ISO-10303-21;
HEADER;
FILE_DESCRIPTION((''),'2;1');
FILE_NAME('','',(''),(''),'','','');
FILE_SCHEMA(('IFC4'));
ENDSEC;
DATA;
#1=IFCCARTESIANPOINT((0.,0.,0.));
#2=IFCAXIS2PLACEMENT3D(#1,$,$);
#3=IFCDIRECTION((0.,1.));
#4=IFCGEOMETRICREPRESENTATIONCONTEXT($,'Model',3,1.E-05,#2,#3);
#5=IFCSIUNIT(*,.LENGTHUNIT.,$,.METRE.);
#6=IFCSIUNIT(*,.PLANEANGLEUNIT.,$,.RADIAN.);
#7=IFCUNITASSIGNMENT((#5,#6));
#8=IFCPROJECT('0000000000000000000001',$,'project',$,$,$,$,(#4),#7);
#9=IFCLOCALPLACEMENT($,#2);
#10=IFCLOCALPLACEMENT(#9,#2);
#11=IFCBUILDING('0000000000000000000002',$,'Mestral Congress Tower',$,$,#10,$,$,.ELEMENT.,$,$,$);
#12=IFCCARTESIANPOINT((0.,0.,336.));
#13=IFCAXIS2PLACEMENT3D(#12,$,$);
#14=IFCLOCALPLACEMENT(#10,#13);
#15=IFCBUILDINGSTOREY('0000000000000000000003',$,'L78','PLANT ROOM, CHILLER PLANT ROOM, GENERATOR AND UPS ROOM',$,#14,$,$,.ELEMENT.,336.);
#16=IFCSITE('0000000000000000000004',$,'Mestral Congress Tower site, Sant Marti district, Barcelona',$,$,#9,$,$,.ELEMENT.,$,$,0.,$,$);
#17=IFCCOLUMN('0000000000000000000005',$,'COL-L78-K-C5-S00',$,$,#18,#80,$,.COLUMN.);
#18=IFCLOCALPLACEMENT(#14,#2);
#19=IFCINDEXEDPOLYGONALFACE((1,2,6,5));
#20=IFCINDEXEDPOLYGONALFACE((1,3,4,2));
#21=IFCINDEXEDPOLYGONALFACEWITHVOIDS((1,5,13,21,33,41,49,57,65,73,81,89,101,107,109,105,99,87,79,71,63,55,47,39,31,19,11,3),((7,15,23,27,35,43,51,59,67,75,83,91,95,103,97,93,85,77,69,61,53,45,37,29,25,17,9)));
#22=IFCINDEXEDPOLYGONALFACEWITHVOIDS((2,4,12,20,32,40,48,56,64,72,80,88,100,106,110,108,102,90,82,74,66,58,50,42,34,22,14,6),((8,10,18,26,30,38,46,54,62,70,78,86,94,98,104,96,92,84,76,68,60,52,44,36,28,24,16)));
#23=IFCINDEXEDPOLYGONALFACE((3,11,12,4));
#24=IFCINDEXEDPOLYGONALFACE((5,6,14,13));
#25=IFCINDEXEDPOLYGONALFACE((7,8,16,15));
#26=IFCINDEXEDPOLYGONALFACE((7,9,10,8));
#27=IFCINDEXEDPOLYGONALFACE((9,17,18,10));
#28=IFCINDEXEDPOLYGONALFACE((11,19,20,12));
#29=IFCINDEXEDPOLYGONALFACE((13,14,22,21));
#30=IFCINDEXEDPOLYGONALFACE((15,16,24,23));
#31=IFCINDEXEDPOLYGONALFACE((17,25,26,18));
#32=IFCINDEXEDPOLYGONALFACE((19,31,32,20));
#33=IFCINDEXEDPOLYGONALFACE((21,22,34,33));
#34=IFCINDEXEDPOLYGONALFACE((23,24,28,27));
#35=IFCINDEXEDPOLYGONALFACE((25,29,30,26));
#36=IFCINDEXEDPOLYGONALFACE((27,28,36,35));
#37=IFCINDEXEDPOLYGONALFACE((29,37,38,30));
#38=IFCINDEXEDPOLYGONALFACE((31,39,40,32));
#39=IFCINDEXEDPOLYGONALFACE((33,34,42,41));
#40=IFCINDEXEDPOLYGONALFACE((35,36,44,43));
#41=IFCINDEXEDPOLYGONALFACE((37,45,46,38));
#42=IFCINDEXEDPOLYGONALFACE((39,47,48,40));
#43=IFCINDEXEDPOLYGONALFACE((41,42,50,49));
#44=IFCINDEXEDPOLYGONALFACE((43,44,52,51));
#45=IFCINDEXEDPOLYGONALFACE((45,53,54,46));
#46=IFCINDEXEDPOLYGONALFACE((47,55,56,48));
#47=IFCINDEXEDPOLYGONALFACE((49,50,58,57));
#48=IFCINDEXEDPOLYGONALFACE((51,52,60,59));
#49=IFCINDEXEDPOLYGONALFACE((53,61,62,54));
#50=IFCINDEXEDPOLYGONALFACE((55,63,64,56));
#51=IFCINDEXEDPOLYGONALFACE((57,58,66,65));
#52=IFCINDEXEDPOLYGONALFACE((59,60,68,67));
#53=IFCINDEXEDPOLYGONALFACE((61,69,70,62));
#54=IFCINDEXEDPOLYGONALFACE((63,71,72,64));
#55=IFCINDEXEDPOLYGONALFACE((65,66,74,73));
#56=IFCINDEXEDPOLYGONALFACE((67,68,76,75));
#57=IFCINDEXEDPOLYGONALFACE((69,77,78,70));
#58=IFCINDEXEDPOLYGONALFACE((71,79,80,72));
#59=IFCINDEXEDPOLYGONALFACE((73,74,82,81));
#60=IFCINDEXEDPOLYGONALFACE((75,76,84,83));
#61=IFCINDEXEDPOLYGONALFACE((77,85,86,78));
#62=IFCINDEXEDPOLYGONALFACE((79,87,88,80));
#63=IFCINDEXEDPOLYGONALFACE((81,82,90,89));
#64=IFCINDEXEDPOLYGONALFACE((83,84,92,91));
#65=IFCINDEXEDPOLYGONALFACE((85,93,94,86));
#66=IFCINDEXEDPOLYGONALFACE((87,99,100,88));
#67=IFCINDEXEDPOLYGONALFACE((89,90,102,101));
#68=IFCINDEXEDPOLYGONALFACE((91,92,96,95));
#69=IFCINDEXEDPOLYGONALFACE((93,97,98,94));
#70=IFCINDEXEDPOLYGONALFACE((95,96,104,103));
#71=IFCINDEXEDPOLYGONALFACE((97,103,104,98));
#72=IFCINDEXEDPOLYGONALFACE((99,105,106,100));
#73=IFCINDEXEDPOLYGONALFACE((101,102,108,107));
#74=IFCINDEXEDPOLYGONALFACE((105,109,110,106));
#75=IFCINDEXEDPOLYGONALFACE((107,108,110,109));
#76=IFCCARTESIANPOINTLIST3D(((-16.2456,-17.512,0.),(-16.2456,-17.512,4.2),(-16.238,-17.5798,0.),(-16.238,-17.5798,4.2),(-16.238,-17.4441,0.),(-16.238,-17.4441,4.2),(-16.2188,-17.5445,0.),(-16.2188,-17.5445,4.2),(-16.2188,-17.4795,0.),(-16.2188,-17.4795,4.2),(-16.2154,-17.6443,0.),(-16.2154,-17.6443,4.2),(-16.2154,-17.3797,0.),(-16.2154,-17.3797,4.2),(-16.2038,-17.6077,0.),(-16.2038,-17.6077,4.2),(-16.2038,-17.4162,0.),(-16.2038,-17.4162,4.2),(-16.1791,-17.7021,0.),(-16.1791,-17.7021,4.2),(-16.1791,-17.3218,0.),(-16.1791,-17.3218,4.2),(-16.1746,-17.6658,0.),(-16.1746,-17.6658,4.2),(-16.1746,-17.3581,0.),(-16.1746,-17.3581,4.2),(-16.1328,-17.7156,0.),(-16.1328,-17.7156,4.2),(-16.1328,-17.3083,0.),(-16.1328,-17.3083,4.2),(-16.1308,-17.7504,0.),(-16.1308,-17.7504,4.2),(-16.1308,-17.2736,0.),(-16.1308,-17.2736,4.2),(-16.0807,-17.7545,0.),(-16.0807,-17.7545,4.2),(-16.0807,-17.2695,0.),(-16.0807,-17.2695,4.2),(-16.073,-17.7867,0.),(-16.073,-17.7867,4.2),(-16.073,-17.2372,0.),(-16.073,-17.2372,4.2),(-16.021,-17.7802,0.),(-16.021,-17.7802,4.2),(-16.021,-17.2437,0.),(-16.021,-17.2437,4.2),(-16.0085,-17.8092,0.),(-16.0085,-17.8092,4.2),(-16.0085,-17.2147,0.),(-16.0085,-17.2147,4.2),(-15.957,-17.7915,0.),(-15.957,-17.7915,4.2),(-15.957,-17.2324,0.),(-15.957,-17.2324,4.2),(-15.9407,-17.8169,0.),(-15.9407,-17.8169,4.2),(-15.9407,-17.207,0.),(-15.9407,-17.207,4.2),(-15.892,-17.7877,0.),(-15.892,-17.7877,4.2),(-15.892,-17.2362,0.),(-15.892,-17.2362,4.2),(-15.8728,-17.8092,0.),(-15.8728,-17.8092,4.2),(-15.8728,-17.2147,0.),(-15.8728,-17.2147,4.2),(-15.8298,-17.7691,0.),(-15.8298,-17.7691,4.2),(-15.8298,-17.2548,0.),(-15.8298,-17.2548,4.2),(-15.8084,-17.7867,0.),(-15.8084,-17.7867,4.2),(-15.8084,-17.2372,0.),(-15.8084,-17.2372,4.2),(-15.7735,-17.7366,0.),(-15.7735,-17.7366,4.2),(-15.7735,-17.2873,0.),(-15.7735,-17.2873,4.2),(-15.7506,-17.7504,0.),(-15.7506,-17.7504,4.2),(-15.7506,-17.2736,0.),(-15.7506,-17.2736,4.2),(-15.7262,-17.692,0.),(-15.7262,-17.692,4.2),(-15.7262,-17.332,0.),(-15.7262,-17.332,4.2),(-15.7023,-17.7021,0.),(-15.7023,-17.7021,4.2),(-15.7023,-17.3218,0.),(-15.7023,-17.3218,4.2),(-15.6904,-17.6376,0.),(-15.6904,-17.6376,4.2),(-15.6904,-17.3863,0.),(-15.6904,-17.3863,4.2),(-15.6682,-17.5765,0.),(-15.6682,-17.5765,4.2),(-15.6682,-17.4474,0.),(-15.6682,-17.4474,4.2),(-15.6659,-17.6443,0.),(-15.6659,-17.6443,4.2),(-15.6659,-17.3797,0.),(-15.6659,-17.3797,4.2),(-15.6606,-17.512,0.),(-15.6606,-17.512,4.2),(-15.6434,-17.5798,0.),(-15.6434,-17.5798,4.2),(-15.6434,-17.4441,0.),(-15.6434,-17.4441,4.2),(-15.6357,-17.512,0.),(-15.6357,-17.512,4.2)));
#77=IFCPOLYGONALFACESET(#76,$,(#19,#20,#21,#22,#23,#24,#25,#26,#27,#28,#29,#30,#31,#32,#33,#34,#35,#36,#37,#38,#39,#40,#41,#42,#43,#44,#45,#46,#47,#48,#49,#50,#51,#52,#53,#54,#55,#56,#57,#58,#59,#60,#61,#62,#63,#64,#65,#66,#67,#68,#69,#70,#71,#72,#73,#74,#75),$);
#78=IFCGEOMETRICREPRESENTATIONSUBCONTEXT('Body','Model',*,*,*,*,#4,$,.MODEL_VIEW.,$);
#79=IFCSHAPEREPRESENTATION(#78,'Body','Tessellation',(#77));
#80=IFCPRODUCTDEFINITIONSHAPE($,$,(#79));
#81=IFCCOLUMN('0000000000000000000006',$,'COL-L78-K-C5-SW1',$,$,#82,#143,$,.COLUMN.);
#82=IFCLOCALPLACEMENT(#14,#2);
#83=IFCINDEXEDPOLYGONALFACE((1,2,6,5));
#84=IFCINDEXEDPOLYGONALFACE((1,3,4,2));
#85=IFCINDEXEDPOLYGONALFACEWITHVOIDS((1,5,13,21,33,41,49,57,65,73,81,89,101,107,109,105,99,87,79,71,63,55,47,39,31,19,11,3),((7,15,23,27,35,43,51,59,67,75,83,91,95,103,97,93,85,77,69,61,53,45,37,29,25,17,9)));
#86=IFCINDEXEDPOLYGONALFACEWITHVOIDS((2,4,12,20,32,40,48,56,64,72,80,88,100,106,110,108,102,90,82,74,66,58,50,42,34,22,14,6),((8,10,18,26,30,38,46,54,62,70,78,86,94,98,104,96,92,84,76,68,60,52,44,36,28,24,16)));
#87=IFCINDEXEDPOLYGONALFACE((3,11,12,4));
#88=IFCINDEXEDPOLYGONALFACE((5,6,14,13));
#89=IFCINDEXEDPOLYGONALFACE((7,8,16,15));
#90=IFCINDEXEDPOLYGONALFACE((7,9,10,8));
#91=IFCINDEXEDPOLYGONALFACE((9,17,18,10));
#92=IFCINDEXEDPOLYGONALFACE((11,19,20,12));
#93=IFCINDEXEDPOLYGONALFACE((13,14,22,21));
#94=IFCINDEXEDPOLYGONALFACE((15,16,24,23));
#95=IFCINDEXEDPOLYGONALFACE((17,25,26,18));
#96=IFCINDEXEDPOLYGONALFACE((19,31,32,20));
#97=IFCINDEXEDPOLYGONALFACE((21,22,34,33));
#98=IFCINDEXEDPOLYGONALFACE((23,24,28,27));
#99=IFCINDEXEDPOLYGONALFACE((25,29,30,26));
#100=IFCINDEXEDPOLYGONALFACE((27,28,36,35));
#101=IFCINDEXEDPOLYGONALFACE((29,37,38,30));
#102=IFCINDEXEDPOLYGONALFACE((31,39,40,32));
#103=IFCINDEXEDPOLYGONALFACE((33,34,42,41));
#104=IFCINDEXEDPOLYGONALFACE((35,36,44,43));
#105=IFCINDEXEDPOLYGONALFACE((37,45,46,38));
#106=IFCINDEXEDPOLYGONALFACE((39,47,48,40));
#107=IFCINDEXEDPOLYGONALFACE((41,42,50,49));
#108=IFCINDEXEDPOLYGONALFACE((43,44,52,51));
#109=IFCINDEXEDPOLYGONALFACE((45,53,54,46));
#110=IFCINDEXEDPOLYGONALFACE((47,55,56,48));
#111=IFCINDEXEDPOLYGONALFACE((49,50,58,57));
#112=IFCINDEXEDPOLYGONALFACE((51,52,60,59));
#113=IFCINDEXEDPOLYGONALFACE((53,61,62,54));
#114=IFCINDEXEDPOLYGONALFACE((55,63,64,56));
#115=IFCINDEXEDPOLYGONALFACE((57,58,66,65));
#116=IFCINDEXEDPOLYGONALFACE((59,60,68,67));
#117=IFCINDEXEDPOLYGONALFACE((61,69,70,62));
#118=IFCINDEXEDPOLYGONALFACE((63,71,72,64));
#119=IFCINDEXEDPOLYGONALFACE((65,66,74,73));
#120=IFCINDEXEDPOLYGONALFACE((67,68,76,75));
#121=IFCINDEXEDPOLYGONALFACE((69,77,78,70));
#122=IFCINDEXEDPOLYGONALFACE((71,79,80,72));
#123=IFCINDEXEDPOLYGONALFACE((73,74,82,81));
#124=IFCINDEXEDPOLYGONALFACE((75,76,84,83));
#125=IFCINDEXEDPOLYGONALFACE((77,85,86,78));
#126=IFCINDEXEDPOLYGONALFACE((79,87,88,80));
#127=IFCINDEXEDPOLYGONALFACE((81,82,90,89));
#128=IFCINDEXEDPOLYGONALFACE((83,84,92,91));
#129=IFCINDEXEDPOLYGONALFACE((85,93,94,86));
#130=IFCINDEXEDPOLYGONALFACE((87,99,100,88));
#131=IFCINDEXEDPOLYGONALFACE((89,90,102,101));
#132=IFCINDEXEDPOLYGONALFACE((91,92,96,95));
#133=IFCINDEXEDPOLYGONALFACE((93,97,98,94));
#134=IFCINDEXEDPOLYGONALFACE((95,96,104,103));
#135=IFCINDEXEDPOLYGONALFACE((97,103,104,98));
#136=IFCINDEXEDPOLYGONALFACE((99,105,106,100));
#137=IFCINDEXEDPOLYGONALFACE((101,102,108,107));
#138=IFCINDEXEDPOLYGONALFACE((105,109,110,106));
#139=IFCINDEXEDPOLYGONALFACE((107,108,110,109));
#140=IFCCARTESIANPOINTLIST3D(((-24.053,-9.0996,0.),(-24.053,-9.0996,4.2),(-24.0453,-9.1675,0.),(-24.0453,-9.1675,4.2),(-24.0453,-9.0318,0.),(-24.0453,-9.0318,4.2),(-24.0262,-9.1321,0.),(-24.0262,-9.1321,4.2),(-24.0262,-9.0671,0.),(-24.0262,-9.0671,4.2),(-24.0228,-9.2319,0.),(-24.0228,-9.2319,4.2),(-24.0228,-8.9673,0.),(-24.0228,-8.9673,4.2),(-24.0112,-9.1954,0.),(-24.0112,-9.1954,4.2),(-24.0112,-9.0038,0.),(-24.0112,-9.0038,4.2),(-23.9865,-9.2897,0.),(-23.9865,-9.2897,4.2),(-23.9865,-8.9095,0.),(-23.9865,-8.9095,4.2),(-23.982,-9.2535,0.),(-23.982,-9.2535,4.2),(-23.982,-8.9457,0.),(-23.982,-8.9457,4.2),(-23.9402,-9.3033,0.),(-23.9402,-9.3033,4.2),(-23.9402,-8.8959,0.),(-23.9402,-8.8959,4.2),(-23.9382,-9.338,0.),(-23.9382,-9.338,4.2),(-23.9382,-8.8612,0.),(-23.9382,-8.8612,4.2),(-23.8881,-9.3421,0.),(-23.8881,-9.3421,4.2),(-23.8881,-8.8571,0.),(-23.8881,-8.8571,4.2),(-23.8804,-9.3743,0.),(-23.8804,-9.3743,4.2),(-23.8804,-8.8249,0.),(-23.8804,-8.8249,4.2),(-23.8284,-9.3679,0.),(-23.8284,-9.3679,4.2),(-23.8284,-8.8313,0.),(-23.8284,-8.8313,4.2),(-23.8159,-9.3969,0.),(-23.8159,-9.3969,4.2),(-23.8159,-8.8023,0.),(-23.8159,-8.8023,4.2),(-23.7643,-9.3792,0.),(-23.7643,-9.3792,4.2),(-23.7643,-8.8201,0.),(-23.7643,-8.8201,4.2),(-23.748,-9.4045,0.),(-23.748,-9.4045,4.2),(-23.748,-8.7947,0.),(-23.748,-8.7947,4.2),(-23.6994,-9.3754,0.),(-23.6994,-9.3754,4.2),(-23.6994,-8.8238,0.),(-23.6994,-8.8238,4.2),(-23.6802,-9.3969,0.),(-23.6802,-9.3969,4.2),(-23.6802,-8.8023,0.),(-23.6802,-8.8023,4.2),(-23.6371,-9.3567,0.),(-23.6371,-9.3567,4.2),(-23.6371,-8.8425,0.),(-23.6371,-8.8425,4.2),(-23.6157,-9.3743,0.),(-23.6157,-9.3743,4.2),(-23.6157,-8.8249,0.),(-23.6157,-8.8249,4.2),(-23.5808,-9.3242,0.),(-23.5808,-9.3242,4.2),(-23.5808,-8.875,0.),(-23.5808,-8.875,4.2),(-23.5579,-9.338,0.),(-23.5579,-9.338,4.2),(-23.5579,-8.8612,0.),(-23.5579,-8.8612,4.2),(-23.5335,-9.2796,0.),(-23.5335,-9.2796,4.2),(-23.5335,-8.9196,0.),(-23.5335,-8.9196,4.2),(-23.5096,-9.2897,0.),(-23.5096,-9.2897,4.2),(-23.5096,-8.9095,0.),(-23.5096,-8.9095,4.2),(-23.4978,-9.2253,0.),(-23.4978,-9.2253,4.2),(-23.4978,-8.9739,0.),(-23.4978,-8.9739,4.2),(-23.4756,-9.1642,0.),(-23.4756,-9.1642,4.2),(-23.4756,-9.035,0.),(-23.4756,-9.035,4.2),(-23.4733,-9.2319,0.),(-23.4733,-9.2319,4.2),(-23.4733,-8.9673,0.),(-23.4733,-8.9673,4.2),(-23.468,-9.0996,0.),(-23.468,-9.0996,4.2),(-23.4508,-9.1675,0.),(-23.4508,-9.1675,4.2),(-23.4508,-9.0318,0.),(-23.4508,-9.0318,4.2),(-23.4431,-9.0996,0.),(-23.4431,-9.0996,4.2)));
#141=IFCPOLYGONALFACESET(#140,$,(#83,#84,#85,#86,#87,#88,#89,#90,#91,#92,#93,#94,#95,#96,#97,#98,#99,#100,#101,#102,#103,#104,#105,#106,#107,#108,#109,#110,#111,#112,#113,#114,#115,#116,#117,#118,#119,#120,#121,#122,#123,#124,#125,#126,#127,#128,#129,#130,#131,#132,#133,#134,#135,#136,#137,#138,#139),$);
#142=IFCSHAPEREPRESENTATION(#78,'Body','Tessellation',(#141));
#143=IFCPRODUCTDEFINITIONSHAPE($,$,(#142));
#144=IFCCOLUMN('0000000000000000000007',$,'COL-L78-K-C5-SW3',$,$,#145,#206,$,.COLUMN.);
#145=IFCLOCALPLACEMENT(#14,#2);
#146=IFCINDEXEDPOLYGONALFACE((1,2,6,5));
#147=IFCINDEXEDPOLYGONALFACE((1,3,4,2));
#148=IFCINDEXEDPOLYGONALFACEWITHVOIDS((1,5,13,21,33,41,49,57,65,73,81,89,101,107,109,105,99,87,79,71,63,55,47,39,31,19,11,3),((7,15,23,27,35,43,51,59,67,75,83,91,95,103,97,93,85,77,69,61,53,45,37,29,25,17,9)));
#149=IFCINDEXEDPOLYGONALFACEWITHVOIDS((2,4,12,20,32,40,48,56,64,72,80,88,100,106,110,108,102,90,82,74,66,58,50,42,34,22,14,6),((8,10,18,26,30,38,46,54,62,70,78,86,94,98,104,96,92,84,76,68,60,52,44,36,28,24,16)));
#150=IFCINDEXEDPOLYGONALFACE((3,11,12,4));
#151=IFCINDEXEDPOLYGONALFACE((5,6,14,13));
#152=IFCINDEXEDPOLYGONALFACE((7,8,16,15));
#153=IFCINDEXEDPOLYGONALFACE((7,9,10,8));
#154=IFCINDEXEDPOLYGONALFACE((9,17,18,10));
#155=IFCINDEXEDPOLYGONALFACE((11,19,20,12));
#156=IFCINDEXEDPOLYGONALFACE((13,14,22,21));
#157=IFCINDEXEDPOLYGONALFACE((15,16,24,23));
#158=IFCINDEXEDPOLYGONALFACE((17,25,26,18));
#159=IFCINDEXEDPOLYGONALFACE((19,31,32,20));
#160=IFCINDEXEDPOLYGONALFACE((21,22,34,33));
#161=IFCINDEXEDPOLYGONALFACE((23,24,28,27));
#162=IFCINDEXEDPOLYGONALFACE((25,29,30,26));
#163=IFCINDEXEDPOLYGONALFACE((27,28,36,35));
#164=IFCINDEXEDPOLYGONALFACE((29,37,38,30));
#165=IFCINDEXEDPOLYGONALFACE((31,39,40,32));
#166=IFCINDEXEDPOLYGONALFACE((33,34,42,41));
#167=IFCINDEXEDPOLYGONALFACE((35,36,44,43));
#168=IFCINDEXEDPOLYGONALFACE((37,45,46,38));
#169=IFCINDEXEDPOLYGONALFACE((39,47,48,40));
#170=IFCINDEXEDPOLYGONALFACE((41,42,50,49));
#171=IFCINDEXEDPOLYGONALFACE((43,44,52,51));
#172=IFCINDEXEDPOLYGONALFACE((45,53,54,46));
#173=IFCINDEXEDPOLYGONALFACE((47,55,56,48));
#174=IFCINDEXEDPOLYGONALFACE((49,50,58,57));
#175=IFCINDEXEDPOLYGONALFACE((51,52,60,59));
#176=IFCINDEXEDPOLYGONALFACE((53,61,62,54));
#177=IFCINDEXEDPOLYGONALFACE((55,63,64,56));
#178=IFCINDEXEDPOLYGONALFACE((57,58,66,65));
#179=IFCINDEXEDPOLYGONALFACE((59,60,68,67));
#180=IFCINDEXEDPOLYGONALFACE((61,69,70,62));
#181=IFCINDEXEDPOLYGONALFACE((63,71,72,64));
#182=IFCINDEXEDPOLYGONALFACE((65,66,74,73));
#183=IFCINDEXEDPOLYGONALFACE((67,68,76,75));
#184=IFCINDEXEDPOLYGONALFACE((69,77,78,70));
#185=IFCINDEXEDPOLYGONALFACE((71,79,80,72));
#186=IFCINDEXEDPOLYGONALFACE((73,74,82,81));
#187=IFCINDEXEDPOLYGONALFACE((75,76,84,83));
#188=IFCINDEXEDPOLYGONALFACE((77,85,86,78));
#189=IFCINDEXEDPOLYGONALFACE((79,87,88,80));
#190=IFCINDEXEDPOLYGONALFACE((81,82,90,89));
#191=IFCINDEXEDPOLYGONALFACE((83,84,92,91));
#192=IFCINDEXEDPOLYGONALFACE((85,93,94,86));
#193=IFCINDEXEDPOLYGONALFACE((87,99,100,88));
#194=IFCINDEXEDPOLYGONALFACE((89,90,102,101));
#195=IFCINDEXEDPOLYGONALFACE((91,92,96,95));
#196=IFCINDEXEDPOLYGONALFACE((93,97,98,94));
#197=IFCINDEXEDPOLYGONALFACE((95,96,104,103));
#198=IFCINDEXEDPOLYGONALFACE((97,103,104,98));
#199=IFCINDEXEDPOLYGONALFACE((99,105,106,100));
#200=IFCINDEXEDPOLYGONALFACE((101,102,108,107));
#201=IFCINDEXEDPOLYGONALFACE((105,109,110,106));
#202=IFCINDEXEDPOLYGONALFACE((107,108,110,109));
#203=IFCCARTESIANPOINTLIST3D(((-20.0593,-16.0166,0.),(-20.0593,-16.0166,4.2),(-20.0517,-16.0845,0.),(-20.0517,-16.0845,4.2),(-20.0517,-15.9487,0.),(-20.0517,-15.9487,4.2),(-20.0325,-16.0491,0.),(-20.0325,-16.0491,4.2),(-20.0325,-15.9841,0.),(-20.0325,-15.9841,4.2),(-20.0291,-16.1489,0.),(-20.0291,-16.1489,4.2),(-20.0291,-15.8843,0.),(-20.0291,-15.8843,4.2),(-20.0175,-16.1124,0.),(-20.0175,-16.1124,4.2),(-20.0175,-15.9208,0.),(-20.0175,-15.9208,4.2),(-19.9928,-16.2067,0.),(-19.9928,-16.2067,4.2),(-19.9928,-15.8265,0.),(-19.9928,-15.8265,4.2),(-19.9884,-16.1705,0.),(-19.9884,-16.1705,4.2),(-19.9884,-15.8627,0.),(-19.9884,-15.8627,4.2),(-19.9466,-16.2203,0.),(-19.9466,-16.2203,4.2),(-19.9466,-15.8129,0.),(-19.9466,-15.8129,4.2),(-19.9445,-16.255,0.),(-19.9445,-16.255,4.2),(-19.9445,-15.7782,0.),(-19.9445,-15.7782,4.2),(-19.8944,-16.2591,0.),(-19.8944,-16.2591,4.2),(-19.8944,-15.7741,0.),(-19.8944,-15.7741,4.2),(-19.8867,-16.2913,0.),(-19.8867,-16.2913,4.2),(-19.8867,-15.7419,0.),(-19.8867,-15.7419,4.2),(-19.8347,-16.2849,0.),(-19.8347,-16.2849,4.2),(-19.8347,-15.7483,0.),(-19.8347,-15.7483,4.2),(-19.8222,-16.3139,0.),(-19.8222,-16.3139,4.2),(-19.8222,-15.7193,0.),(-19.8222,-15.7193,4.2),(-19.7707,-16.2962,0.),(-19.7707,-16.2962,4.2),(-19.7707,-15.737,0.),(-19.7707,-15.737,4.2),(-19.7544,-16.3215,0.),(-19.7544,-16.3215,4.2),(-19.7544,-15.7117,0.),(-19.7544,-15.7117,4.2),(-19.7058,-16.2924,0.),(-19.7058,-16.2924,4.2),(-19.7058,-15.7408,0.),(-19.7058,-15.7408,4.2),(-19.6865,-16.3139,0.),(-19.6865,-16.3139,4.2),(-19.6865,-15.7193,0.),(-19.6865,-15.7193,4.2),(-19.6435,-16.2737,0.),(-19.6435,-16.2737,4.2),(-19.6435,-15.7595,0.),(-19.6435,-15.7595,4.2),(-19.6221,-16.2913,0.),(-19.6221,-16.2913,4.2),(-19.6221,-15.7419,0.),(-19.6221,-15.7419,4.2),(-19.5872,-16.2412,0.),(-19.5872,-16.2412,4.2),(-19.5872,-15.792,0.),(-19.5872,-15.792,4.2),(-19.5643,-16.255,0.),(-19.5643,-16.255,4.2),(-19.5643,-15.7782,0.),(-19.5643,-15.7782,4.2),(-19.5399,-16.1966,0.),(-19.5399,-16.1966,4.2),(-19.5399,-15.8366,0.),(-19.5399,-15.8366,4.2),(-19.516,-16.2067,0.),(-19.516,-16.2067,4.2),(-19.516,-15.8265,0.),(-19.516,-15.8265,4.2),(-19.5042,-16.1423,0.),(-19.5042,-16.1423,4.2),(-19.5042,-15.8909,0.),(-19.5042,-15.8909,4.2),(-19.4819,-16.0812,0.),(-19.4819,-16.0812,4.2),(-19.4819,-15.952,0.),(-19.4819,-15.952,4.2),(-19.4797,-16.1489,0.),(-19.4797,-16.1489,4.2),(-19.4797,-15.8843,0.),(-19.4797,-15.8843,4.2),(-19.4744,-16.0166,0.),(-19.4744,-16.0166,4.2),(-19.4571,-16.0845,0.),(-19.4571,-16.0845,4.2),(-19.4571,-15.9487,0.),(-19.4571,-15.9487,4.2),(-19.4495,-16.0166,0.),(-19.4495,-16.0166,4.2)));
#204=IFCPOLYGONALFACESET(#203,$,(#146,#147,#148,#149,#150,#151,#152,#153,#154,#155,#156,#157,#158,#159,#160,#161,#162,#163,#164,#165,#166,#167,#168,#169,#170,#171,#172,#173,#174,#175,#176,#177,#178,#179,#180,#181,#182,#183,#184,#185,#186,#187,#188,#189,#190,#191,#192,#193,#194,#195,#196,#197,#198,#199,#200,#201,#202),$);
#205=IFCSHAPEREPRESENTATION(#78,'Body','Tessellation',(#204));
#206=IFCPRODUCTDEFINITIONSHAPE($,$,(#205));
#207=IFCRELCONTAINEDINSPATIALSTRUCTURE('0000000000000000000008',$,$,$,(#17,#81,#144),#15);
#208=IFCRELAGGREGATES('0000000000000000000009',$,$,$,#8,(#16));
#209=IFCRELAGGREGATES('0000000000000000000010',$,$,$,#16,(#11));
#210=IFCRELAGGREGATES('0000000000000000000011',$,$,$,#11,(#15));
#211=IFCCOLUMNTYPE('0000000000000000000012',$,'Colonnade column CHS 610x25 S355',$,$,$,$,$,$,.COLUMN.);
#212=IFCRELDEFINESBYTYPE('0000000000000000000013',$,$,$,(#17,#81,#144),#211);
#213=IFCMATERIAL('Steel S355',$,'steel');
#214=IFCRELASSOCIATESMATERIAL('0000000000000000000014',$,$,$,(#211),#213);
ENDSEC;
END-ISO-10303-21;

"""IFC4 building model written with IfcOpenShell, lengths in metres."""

from ifc_helpers import new_model, si_unit, direction, frame, origin, origin_2d, place, context, subcontext, project, spatial, hollow_circle, extrude, material, material_profile, profile_set, type_object, element, save


model = new_model("IFC4")

# Units and contexts
model_context = context("Model", 3, precision=1e-05, world=origin(), true_north=direction((0.0, 1.0)))
body_context = subcontext(model_context, "Body", "Model", "MODEL_VIEW")
ifc_project = project(units=[si_unit("LENGTHUNIT", "METRE"), si_unit("PLANEANGLEUNIT", "RADIAN")], contexts=[model_context])

# Site, building, storey
site_placement = place(None, origin())
site = spatial("IfcSite", under=ifc_project, at=site_placement, Name="Mestral Congress Tower site, Sant Marti district, Barcelona", CompositionType="ELEMENT", RefElevation=0.0)
building_placement = place(site_placement, origin())
building = spatial("IfcBuilding", under=site, at=building_placement, Name="Mestral Congress Tower", CompositionType="ELEMENT")
storey_placement = place(building_placement, frame((0.0, 0.0, 336.0)))
storey = spatial("IfcBuildingStorey", under=building, at=storey_placement, Name="L78", Description="PLANT ROOM, CHILLER PLANT ROOM, GENERATOR AND UPS ROOM", CompositionType="ELEMENT", Elevation=336.0)

# Columns
ifc_material_1 = material(Name="Steel S355", Category="steel")
ifc_material_profile_1 = material_profile(ifc_material_1, hollow_circle(Radius=0.3049, WallThickness=0.0249, at=origin_2d()), Name="CHS 610x25")
ifc_profile_set_1 = profile_set([ifc_material_profile_1], Name="Steel S355")
column_type_1 = type_object("IfcColumnType", Name="Colonnade column CHS 610x25 S355", PredefinedType="COLUMN", material=ifc_profile_set_1)
for number, where, z_axis, x_axis, name in (
    (1, (-15.9407, -17.512, 0.0), (0.0, 0.0, 1.0), (1.0, 0.0, 0.0), "COL-L78-K-C5-S00"),
    (2, (-23.748, -9.0996, 0.0), (0.0, 0.0, 1.0), (1.0, 0.0, 0.0), "COL-L78-K-C5-SW1"),
    (3, (-19.7544, -16.0166, 0.0), (0.0, 0.0, 1.0), (1.0, 0.0, 0.0), "COL-L78-K-C5-SW3"),
):
    element("IfcColumn", number, at=place(storey_placement, frame(where, z_axis=z_axis, x_axis=x_axis)), inside=storey, type_object=column_type_1, Name=name, PredefinedType="COLUMN", context=body_context, shape_type="SweptSolid", body=[
        extrude(hollow_circle(Radius=0.3049, WallThickness=0.0249, at=origin_2d()), origin(), (0.0, 0.0, 1.0), 4.2),
    ])

save(model, "model.ifc")
